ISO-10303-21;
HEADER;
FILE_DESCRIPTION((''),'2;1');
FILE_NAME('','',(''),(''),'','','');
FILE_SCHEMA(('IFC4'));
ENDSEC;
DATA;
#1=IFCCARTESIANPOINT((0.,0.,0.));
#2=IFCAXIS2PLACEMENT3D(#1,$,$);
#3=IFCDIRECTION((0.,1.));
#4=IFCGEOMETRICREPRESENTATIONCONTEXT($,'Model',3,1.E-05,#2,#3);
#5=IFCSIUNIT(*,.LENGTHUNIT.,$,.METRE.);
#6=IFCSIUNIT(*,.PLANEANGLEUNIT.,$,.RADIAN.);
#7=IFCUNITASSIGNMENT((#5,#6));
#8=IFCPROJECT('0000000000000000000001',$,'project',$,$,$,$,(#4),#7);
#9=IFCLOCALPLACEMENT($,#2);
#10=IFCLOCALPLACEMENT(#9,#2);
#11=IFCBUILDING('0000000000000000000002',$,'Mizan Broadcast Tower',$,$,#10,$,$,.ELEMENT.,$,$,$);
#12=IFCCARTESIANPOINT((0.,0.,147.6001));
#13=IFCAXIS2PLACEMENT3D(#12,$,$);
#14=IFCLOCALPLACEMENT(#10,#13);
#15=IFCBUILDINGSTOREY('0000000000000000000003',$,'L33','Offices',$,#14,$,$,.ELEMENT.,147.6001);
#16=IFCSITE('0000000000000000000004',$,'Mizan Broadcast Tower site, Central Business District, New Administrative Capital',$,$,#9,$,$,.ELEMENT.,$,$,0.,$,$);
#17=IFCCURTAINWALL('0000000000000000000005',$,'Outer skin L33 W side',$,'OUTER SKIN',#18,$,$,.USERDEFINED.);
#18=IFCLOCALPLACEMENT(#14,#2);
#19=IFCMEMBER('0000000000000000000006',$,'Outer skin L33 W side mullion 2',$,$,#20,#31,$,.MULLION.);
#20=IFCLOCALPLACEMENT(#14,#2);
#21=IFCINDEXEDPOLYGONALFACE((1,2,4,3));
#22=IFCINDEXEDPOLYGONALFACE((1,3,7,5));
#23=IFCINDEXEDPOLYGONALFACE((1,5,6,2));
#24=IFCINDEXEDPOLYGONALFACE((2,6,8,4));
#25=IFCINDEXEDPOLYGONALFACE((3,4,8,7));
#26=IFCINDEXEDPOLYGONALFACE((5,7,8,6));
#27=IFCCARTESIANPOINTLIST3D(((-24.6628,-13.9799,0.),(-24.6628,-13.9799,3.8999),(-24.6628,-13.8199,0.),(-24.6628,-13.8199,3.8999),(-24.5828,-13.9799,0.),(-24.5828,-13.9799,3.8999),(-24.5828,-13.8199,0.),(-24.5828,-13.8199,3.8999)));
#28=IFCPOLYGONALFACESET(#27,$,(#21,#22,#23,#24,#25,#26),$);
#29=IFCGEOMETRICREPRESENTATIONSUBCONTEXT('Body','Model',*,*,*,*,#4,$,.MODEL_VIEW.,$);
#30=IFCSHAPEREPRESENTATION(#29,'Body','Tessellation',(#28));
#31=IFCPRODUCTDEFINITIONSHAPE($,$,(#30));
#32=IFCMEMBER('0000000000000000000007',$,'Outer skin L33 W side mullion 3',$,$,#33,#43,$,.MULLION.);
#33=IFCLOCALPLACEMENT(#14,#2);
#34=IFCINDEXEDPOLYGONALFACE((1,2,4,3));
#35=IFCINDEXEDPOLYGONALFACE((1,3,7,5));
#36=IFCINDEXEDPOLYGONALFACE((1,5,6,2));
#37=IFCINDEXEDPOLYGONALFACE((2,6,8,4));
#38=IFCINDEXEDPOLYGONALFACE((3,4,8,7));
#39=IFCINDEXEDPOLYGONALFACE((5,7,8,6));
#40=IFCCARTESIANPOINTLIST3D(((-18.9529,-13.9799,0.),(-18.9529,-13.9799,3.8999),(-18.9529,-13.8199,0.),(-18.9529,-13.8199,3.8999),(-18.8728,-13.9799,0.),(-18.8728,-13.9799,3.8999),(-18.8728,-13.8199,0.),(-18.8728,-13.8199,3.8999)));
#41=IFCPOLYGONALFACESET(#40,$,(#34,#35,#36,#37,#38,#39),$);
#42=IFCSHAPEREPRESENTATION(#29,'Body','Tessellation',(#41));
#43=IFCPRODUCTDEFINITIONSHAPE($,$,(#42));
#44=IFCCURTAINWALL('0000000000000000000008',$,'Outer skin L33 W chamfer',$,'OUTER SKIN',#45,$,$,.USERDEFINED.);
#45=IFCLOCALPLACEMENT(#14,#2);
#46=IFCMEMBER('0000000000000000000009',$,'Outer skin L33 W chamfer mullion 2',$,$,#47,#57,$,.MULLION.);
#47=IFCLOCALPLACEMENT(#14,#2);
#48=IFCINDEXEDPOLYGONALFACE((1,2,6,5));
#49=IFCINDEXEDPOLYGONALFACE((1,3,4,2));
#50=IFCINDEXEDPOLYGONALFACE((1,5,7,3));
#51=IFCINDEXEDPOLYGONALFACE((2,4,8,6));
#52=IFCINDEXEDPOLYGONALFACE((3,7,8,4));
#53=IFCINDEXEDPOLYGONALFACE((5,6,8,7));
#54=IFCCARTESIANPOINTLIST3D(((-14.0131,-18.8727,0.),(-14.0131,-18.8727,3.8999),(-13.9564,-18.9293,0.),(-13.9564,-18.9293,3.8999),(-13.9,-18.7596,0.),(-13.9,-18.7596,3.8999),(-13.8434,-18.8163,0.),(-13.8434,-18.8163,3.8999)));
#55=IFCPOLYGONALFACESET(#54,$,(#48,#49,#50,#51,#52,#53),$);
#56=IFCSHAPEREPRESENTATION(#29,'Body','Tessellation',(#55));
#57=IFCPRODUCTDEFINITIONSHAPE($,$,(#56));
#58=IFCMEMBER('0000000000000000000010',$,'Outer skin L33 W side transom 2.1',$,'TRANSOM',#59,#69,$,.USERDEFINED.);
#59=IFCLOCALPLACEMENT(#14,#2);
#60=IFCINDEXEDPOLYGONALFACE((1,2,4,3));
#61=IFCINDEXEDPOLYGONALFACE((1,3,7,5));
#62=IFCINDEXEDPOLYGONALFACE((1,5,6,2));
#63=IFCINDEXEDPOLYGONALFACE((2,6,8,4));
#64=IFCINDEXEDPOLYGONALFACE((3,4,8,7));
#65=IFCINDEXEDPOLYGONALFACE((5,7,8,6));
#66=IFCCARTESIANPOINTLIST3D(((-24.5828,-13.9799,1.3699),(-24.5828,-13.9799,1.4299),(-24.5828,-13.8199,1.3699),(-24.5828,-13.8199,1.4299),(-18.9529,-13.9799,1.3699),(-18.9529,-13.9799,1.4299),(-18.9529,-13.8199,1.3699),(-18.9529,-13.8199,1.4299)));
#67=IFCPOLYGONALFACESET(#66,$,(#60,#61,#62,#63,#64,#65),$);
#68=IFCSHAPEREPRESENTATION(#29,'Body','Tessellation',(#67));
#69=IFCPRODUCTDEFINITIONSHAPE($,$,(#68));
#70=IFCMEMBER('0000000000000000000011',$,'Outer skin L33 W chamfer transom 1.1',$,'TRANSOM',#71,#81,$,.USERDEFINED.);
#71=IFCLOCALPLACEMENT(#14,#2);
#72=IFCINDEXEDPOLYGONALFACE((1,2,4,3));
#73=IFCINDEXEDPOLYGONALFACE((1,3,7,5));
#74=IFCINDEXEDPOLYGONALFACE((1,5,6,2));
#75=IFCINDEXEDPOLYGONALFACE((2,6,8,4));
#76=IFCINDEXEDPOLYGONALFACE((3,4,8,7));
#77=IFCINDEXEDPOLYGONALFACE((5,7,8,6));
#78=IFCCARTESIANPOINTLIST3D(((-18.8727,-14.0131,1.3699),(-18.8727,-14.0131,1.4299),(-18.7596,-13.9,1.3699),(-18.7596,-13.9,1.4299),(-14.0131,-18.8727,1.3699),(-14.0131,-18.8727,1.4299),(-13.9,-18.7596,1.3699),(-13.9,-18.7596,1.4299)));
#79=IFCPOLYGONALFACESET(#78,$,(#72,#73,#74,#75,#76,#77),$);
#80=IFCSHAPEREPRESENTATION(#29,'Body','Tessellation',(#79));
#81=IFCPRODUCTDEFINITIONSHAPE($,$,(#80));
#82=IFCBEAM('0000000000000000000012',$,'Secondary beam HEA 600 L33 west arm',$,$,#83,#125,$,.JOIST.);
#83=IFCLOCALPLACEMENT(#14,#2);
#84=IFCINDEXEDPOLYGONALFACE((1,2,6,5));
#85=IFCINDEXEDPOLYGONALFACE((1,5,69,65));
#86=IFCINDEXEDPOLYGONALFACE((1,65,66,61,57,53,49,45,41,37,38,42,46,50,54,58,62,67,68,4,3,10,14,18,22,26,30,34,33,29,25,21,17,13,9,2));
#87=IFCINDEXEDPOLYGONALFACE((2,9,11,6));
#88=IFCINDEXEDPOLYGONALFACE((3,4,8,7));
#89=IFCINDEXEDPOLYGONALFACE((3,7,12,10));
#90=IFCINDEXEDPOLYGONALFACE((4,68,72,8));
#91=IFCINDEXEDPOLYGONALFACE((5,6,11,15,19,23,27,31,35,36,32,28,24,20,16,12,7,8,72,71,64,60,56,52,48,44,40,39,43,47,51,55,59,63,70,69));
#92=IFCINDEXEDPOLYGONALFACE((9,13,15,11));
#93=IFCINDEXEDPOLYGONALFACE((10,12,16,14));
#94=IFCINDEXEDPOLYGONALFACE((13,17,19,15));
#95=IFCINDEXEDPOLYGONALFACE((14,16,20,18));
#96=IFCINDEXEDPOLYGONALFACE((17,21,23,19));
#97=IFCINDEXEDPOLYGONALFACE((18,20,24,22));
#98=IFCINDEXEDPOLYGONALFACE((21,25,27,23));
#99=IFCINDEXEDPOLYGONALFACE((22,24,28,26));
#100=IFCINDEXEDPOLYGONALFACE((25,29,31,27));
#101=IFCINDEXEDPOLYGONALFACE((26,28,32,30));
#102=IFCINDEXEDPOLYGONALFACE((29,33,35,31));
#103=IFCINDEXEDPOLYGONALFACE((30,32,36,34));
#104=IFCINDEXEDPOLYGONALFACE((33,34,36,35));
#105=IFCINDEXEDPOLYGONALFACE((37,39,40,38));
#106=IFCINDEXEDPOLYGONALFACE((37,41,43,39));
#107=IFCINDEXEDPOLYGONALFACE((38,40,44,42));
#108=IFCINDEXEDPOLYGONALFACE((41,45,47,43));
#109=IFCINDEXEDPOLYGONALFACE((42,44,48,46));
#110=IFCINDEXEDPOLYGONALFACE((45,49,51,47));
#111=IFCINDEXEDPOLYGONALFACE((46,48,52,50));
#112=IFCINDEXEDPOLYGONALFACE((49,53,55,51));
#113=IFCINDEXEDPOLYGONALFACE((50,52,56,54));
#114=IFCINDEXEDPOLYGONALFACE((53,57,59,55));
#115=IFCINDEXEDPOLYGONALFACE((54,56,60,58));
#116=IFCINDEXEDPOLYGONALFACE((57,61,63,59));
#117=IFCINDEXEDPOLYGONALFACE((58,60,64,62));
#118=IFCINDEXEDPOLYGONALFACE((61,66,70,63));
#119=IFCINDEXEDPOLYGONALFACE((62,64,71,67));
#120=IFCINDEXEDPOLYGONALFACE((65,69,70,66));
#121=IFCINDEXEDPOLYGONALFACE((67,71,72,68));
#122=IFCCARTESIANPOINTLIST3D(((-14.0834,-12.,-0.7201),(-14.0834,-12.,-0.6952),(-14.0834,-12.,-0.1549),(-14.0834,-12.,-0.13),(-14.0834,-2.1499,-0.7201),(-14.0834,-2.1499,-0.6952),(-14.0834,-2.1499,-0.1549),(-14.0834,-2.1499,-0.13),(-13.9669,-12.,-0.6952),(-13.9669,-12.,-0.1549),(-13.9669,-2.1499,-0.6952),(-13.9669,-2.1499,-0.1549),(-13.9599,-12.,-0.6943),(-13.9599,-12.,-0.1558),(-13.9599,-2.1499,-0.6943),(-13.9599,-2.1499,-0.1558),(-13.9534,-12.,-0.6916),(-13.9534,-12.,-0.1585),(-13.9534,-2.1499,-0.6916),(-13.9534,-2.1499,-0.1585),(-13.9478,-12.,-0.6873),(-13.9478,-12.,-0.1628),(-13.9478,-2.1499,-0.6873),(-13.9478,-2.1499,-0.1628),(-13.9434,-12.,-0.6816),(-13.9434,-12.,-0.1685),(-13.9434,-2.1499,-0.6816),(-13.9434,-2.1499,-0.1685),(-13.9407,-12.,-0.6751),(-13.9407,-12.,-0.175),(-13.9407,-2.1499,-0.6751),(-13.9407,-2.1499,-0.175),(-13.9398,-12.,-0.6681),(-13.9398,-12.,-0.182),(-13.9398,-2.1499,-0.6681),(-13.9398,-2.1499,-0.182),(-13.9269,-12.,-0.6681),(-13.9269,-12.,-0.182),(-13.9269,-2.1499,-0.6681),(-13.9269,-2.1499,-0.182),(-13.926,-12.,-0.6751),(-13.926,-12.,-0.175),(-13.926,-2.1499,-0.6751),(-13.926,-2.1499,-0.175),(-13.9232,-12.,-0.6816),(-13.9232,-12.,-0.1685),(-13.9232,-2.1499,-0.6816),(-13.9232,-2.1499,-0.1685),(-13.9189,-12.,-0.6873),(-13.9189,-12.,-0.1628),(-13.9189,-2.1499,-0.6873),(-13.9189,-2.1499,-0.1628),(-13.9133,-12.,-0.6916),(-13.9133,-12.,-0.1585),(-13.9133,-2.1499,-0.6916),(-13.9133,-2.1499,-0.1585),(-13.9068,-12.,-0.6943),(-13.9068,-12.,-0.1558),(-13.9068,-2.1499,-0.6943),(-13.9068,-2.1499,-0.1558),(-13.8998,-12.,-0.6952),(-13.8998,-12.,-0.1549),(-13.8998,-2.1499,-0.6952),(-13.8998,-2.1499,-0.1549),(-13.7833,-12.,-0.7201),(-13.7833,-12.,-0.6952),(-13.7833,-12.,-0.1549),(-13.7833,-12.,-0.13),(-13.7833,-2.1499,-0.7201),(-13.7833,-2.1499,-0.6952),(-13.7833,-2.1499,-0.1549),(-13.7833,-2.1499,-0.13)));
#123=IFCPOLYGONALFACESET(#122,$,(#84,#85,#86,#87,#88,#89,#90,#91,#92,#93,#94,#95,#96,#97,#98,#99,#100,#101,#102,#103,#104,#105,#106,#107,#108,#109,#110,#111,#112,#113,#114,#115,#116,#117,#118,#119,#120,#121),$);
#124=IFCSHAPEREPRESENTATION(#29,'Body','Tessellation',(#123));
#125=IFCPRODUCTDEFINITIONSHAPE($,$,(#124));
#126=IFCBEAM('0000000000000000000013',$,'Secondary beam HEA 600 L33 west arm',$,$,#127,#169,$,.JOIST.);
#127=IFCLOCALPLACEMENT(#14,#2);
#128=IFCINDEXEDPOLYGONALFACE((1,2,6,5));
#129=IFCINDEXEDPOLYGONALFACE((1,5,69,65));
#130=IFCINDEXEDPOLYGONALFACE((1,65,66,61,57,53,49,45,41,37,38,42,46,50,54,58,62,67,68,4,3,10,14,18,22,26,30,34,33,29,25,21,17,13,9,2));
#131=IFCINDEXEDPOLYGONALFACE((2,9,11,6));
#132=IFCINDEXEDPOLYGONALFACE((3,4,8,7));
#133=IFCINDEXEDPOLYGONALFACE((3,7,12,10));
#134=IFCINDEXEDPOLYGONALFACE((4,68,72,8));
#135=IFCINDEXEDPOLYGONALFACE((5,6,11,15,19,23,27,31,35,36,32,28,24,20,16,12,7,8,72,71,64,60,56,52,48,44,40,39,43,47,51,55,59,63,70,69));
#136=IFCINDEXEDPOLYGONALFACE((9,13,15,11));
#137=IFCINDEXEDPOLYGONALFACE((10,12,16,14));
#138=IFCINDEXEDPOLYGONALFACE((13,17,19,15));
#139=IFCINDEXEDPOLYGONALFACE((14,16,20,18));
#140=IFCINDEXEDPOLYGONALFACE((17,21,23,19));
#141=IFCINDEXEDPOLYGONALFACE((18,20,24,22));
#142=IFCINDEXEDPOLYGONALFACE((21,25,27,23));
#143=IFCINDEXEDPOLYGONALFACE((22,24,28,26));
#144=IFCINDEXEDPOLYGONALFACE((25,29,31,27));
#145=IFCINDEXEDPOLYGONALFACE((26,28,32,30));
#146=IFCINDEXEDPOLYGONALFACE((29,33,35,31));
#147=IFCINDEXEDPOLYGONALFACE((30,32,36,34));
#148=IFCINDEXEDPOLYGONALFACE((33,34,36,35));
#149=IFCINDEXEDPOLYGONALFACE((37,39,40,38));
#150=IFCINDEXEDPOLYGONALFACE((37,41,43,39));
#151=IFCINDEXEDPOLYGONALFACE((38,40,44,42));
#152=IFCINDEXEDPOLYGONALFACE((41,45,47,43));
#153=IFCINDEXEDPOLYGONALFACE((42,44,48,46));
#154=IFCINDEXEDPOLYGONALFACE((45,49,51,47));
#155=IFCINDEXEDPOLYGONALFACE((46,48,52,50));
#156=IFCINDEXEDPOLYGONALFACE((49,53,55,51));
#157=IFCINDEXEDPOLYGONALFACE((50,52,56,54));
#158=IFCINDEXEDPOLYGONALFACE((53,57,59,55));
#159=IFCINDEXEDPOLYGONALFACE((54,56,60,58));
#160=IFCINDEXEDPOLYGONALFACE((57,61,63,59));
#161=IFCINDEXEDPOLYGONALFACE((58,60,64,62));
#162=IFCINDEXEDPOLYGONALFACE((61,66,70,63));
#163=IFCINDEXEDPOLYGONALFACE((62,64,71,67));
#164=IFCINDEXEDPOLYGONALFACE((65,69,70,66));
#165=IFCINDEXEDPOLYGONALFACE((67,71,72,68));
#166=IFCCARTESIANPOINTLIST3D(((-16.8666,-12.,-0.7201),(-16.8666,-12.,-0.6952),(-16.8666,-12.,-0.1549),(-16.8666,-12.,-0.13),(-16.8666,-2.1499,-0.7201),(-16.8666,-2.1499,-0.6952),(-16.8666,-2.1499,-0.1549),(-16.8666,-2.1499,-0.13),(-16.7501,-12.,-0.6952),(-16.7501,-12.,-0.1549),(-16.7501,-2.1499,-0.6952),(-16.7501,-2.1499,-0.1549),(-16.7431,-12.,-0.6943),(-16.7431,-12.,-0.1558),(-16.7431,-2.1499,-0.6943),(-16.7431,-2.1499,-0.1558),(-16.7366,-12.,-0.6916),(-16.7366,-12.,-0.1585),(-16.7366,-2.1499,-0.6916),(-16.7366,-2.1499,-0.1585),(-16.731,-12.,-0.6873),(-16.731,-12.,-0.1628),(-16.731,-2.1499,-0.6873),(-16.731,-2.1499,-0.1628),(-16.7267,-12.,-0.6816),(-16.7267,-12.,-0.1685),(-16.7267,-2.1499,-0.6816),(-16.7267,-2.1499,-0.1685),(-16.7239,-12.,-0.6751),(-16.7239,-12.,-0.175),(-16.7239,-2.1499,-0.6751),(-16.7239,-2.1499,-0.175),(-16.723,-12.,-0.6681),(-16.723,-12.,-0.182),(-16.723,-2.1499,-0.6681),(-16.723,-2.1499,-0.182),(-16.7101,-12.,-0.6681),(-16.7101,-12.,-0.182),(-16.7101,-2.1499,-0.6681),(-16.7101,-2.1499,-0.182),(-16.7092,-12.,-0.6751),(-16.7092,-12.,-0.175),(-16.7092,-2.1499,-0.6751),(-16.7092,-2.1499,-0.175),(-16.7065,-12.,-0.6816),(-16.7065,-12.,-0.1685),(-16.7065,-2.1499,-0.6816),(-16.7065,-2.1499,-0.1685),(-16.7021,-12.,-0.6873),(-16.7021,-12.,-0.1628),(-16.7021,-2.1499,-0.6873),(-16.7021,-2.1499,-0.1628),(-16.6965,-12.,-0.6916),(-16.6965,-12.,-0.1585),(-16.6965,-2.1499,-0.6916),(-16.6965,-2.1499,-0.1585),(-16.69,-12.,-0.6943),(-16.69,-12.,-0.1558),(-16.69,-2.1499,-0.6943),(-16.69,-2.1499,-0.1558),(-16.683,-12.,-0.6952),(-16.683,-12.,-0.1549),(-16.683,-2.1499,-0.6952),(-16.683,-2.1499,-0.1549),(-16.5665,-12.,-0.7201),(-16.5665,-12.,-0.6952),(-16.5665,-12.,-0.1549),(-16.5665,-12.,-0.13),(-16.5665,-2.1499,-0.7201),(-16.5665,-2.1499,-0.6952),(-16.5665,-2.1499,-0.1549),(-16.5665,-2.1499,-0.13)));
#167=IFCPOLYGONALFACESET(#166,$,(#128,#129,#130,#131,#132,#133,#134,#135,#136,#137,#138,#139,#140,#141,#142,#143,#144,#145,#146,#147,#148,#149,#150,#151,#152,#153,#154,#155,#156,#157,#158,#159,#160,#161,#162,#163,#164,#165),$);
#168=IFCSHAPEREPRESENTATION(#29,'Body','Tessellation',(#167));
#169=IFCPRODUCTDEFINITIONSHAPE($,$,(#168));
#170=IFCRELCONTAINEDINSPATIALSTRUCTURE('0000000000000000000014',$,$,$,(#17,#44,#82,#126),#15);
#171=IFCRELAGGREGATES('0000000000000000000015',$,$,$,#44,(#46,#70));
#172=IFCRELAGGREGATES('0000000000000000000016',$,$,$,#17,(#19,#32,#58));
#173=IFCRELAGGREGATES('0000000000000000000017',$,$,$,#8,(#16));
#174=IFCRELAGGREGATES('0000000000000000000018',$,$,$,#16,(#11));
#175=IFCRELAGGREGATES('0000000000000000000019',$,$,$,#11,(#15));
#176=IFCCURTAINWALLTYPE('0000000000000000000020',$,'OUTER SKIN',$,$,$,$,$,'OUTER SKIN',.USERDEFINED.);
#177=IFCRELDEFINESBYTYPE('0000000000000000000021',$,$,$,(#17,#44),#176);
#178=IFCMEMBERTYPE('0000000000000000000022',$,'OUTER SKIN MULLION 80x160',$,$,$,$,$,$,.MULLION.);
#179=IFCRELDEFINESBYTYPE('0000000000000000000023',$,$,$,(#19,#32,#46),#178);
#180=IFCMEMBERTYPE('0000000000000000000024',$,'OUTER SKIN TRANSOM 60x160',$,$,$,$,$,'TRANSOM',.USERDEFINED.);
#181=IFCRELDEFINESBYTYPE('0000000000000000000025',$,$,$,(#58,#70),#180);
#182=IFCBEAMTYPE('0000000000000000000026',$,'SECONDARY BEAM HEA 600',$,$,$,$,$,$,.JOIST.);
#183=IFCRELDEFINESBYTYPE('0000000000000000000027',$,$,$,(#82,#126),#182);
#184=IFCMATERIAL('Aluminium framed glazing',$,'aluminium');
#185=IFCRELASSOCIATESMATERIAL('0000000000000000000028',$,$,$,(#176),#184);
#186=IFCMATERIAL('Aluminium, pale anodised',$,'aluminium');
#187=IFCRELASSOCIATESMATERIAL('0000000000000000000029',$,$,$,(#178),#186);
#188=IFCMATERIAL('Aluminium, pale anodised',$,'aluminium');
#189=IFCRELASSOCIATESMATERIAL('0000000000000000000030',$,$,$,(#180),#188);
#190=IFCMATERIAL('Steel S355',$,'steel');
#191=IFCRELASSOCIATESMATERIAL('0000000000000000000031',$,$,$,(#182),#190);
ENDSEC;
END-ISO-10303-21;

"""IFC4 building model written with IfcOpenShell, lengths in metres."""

from ifc_helpers import new_model, si_unit, direction, frame, origin, origin_2d, place, context, subcontext, project, spatial, rectangle, i_section, extrude, material, material_profile, profile_set, type_object, element, aggregate, save


model = new_model("IFC4")

# Units and contexts
model_context = context("Model", 3, precision=1e-05, world=origin(), true_north=direction((0.0, 1.0)))
body_context = subcontext(model_context, "Body", "Model", "MODEL_VIEW")
ifc_project = project(units=[si_unit("LENGTHUNIT", "METRE"), si_unit("PLANEANGLEUNIT", "RADIAN")], contexts=[model_context])

# Site, building, storey
site_placement = place(None, origin())
site = spatial("IfcSite", under=ifc_project, at=site_placement, Name="Mizan Broadcast Tower site, Central Business District, New Administrative Capital", CompositionType="ELEMENT", RefElevation=0.0)
building_placement = place(site_placement, origin())
building = spatial("IfcBuilding", under=site, at=building_placement, Name="Mizan Broadcast Tower", CompositionType="ELEMENT")
storey_placement = place(building_placement, frame((0.0, 0.0, 147.6001)))
storey = spatial("IfcBuildingStorey", under=building, at=storey_placement, Name="L33", Description="Offices", CompositionType="ELEMENT", Elevation=147.6001)

# Curtain wall, members
ifc_material_1 = material(Name="Aluminium framed glazing", Category="aluminium")
curtain_wall_type_1 = type_object("IfcCurtainWallType", Name="OUTER SKIN", ElementType="OUTER SKIN", PredefinedType="USERDEFINED", material=ifc_material_1)
curtain_wall_1_placement = place(storey_placement, origin())
curtain_wall_1 = element("IfcCurtainWall", 1, at=curtain_wall_1_placement, inside=storey, type_object=curtain_wall_type_1, Name="Outer skin L33 W side", ObjectType="OUTER SKIN", PredefinedType="USERDEFINED")
ifc_material_2 = material(Name="Aluminium, pale anodised", Category="aluminium")
ifc_material_profile_1 = material_profile(ifc_material_2, rectangle(XDim=0.1599, YDim=0.0801, at=origin_2d()), Name="MULLION 160x80")
ifc_profile_set_1 = profile_set([ifc_material_profile_1], Name="Aluminium, pale anodised")
member_type_1 = type_object("IfcMemberType", Name="OUTER SKIN MULLION 80x160", PredefinedType="MULLION", material=ifc_profile_set_1)
member_1_placement = place(storey_placement, frame((-24.6228, -13.8999, 0.0), z_axis=(0.0, 0.0, 1.0), x_axis=(0.0, 1.0, 0.0)))
member_1 = element("IfcMember", 2, at=member_1_placement, type_object=member_type_1, Name="Outer skin L33 W side mullion 2", PredefinedType="MULLION", context=body_context, shape_type="SweptSolid", body=[
    extrude(rectangle(XDim=0.1599, YDim=0.0801, at=origin_2d()), origin(), (0.0, 0.0, 1.0), 3.8999),
])
member_2_placement = place(storey_placement, frame((-18.9128, -13.8999, 0.0), z_axis=(0.0, 0.0, 1.0), x_axis=(0.0, 1.0, 0.0)))
member_2 = element("IfcMember", 3, at=member_2_placement, type_object=member_type_1, Name="Outer skin L33 W side mullion 3", PredefinedType="MULLION", context=body_context, shape_type="SweptSolid", body=[
    extrude(rectangle(XDim=0.1599, YDim=0.0801, at=origin_2d()), origin(), (0.0, 0.0, 1.0), 3.8999),
])

# Curtain wall, member
curtain_wall_2_placement = place(storey_placement, origin())
curtain_wall_2 = element("IfcCurtainWall", 4, at=curtain_wall_2_placement, inside=storey, type_object=curtain_wall_type_1, Name="Outer skin L33 W chamfer", ObjectType="OUTER SKIN", PredefinedType="USERDEFINED")
member_3_placement = place(storey_placement, frame((-13.9282, -18.8445, 0.0), z_axis=(0.0, 0.0, 1.0), x_axis=(0.707107, 0.707107, 0.0)))
member_3 = element("IfcMember", 5, at=member_3_placement, type_object=member_type_1, Name="Outer skin L33 W chamfer mullion 2", PredefinedType="MULLION", context=body_context, shape_type="SweptSolid", body=[
    extrude(rectangle(XDim=0.1599, YDim=0.0801, at=origin_2d()), origin(), (0.0, 0.0, 1.0), 3.8999),
])

# Members
ifc_material_3 = material(Name="Aluminium, pale anodised", Category="aluminium")
ifc_material_profile_2 = material_profile(ifc_material_3, rectangle(XDim=0.1599, YDim=0.0601, at=origin_2d()), Name="TRANSOM 160x60")
ifc_profile_set_2 = profile_set([ifc_material_profile_2], Name="Aluminium, pale anodised")
member_type_2 = type_object("IfcMemberType", Name="OUTER SKIN TRANSOM 60x160", ElementType="TRANSOM", PredefinedType="USERDEFINED", material=ifc_profile_set_2)
member_4_placement = place(storey_placement, frame((-24.5828, -13.8999, 1.3999), z_axis=(1.0, 0.0, 0.0), x_axis=(0.0, 1.0, 0.0)))
member_4 = element("IfcMember", 6, at=member_4_placement, type_object=member_type_2, Name="Outer skin L33 W side transom 2.1", ObjectType="TRANSOM", PredefinedType="USERDEFINED", context=body_context, shape_type="SweptSolid", body=[
    extrude(rectangle(XDim=0.1599, YDim=0.0601, at=origin_2d()), origin(), (0.0, 0.0, 1.0), 5.6299),
])
member_5_placement = place(storey_placement, frame((-18.8162, -13.9565, 1.3999), z_axis=(0.707107, -0.707107, 0.0), x_axis=(0.707107, 0.707107, 0.0)))
member_5 = element("IfcMember", 7, at=member_5_placement, type_object=member_type_2, Name="Outer skin L33 W chamfer transom 1.1", ObjectType="TRANSOM", PredefinedType="USERDEFINED", context=body_context, shape_type="SweptSolid", body=[
    extrude(rectangle(XDim=0.1599, YDim=0.0601, at=origin_2d()), origin(), (0.0, 0.0, 1.0), 6.8726),
])

# Beams
ifc_material_4 = material(Name="Steel S355", Category="steel")
ifc_material_profile_3 = material_profile(ifc_material_4, i_section(OverallWidth=0.3, OverallDepth=0.5901, WebThickness=0.0129, FlangeThickness=0.0249, FilletRadius=0.0271, at=origin_2d()), Name="HEA 600")
ifc_profile_set_3 = profile_set([ifc_material_profile_3], Name="Steel S355")
beam_type_1 = type_object("IfcBeamType", Name="SECONDARY BEAM HEA 600", PredefinedType="JOIST", material=ifc_profile_set_3)
for number, where, z_axis, x_axis, name in (
    (8, (-13.9333, -12.0, -0.425), (0.0, 1.0, 0.0), (-1.0, 0.0, 0.0), "Secondary beam HEA 600 L33 west arm"),
    (9, (-16.7166, -12.0, -0.425), (0.0, 1.0, 0.0), (-1.0, 0.0, 0.0), "Secondary beam HEA 600 L33 west arm"),
):
    element("IfcBeam", number, at=place(storey_placement, frame(where, z_axis=z_axis, x_axis=x_axis)), inside=storey, type_object=beam_type_1, Name=name, PredefinedType="JOIST", context=body_context, shape_type="SweptSolid", body=[
        extrude(i_section(OverallWidth=0.3, OverallDepth=0.5901, WebThickness=0.0129, FlangeThickness=0.0249, FilletRadius=0.0271, at=origin_2d()), origin(), (0.0, 0.0, 1.0), 9.8501),
    ])

aggregate(curtain_wall_2, [member_3, member_5])
aggregate(curtain_wall_1, [member_1, member_2, member_4])

save(model, "model.ifc")
